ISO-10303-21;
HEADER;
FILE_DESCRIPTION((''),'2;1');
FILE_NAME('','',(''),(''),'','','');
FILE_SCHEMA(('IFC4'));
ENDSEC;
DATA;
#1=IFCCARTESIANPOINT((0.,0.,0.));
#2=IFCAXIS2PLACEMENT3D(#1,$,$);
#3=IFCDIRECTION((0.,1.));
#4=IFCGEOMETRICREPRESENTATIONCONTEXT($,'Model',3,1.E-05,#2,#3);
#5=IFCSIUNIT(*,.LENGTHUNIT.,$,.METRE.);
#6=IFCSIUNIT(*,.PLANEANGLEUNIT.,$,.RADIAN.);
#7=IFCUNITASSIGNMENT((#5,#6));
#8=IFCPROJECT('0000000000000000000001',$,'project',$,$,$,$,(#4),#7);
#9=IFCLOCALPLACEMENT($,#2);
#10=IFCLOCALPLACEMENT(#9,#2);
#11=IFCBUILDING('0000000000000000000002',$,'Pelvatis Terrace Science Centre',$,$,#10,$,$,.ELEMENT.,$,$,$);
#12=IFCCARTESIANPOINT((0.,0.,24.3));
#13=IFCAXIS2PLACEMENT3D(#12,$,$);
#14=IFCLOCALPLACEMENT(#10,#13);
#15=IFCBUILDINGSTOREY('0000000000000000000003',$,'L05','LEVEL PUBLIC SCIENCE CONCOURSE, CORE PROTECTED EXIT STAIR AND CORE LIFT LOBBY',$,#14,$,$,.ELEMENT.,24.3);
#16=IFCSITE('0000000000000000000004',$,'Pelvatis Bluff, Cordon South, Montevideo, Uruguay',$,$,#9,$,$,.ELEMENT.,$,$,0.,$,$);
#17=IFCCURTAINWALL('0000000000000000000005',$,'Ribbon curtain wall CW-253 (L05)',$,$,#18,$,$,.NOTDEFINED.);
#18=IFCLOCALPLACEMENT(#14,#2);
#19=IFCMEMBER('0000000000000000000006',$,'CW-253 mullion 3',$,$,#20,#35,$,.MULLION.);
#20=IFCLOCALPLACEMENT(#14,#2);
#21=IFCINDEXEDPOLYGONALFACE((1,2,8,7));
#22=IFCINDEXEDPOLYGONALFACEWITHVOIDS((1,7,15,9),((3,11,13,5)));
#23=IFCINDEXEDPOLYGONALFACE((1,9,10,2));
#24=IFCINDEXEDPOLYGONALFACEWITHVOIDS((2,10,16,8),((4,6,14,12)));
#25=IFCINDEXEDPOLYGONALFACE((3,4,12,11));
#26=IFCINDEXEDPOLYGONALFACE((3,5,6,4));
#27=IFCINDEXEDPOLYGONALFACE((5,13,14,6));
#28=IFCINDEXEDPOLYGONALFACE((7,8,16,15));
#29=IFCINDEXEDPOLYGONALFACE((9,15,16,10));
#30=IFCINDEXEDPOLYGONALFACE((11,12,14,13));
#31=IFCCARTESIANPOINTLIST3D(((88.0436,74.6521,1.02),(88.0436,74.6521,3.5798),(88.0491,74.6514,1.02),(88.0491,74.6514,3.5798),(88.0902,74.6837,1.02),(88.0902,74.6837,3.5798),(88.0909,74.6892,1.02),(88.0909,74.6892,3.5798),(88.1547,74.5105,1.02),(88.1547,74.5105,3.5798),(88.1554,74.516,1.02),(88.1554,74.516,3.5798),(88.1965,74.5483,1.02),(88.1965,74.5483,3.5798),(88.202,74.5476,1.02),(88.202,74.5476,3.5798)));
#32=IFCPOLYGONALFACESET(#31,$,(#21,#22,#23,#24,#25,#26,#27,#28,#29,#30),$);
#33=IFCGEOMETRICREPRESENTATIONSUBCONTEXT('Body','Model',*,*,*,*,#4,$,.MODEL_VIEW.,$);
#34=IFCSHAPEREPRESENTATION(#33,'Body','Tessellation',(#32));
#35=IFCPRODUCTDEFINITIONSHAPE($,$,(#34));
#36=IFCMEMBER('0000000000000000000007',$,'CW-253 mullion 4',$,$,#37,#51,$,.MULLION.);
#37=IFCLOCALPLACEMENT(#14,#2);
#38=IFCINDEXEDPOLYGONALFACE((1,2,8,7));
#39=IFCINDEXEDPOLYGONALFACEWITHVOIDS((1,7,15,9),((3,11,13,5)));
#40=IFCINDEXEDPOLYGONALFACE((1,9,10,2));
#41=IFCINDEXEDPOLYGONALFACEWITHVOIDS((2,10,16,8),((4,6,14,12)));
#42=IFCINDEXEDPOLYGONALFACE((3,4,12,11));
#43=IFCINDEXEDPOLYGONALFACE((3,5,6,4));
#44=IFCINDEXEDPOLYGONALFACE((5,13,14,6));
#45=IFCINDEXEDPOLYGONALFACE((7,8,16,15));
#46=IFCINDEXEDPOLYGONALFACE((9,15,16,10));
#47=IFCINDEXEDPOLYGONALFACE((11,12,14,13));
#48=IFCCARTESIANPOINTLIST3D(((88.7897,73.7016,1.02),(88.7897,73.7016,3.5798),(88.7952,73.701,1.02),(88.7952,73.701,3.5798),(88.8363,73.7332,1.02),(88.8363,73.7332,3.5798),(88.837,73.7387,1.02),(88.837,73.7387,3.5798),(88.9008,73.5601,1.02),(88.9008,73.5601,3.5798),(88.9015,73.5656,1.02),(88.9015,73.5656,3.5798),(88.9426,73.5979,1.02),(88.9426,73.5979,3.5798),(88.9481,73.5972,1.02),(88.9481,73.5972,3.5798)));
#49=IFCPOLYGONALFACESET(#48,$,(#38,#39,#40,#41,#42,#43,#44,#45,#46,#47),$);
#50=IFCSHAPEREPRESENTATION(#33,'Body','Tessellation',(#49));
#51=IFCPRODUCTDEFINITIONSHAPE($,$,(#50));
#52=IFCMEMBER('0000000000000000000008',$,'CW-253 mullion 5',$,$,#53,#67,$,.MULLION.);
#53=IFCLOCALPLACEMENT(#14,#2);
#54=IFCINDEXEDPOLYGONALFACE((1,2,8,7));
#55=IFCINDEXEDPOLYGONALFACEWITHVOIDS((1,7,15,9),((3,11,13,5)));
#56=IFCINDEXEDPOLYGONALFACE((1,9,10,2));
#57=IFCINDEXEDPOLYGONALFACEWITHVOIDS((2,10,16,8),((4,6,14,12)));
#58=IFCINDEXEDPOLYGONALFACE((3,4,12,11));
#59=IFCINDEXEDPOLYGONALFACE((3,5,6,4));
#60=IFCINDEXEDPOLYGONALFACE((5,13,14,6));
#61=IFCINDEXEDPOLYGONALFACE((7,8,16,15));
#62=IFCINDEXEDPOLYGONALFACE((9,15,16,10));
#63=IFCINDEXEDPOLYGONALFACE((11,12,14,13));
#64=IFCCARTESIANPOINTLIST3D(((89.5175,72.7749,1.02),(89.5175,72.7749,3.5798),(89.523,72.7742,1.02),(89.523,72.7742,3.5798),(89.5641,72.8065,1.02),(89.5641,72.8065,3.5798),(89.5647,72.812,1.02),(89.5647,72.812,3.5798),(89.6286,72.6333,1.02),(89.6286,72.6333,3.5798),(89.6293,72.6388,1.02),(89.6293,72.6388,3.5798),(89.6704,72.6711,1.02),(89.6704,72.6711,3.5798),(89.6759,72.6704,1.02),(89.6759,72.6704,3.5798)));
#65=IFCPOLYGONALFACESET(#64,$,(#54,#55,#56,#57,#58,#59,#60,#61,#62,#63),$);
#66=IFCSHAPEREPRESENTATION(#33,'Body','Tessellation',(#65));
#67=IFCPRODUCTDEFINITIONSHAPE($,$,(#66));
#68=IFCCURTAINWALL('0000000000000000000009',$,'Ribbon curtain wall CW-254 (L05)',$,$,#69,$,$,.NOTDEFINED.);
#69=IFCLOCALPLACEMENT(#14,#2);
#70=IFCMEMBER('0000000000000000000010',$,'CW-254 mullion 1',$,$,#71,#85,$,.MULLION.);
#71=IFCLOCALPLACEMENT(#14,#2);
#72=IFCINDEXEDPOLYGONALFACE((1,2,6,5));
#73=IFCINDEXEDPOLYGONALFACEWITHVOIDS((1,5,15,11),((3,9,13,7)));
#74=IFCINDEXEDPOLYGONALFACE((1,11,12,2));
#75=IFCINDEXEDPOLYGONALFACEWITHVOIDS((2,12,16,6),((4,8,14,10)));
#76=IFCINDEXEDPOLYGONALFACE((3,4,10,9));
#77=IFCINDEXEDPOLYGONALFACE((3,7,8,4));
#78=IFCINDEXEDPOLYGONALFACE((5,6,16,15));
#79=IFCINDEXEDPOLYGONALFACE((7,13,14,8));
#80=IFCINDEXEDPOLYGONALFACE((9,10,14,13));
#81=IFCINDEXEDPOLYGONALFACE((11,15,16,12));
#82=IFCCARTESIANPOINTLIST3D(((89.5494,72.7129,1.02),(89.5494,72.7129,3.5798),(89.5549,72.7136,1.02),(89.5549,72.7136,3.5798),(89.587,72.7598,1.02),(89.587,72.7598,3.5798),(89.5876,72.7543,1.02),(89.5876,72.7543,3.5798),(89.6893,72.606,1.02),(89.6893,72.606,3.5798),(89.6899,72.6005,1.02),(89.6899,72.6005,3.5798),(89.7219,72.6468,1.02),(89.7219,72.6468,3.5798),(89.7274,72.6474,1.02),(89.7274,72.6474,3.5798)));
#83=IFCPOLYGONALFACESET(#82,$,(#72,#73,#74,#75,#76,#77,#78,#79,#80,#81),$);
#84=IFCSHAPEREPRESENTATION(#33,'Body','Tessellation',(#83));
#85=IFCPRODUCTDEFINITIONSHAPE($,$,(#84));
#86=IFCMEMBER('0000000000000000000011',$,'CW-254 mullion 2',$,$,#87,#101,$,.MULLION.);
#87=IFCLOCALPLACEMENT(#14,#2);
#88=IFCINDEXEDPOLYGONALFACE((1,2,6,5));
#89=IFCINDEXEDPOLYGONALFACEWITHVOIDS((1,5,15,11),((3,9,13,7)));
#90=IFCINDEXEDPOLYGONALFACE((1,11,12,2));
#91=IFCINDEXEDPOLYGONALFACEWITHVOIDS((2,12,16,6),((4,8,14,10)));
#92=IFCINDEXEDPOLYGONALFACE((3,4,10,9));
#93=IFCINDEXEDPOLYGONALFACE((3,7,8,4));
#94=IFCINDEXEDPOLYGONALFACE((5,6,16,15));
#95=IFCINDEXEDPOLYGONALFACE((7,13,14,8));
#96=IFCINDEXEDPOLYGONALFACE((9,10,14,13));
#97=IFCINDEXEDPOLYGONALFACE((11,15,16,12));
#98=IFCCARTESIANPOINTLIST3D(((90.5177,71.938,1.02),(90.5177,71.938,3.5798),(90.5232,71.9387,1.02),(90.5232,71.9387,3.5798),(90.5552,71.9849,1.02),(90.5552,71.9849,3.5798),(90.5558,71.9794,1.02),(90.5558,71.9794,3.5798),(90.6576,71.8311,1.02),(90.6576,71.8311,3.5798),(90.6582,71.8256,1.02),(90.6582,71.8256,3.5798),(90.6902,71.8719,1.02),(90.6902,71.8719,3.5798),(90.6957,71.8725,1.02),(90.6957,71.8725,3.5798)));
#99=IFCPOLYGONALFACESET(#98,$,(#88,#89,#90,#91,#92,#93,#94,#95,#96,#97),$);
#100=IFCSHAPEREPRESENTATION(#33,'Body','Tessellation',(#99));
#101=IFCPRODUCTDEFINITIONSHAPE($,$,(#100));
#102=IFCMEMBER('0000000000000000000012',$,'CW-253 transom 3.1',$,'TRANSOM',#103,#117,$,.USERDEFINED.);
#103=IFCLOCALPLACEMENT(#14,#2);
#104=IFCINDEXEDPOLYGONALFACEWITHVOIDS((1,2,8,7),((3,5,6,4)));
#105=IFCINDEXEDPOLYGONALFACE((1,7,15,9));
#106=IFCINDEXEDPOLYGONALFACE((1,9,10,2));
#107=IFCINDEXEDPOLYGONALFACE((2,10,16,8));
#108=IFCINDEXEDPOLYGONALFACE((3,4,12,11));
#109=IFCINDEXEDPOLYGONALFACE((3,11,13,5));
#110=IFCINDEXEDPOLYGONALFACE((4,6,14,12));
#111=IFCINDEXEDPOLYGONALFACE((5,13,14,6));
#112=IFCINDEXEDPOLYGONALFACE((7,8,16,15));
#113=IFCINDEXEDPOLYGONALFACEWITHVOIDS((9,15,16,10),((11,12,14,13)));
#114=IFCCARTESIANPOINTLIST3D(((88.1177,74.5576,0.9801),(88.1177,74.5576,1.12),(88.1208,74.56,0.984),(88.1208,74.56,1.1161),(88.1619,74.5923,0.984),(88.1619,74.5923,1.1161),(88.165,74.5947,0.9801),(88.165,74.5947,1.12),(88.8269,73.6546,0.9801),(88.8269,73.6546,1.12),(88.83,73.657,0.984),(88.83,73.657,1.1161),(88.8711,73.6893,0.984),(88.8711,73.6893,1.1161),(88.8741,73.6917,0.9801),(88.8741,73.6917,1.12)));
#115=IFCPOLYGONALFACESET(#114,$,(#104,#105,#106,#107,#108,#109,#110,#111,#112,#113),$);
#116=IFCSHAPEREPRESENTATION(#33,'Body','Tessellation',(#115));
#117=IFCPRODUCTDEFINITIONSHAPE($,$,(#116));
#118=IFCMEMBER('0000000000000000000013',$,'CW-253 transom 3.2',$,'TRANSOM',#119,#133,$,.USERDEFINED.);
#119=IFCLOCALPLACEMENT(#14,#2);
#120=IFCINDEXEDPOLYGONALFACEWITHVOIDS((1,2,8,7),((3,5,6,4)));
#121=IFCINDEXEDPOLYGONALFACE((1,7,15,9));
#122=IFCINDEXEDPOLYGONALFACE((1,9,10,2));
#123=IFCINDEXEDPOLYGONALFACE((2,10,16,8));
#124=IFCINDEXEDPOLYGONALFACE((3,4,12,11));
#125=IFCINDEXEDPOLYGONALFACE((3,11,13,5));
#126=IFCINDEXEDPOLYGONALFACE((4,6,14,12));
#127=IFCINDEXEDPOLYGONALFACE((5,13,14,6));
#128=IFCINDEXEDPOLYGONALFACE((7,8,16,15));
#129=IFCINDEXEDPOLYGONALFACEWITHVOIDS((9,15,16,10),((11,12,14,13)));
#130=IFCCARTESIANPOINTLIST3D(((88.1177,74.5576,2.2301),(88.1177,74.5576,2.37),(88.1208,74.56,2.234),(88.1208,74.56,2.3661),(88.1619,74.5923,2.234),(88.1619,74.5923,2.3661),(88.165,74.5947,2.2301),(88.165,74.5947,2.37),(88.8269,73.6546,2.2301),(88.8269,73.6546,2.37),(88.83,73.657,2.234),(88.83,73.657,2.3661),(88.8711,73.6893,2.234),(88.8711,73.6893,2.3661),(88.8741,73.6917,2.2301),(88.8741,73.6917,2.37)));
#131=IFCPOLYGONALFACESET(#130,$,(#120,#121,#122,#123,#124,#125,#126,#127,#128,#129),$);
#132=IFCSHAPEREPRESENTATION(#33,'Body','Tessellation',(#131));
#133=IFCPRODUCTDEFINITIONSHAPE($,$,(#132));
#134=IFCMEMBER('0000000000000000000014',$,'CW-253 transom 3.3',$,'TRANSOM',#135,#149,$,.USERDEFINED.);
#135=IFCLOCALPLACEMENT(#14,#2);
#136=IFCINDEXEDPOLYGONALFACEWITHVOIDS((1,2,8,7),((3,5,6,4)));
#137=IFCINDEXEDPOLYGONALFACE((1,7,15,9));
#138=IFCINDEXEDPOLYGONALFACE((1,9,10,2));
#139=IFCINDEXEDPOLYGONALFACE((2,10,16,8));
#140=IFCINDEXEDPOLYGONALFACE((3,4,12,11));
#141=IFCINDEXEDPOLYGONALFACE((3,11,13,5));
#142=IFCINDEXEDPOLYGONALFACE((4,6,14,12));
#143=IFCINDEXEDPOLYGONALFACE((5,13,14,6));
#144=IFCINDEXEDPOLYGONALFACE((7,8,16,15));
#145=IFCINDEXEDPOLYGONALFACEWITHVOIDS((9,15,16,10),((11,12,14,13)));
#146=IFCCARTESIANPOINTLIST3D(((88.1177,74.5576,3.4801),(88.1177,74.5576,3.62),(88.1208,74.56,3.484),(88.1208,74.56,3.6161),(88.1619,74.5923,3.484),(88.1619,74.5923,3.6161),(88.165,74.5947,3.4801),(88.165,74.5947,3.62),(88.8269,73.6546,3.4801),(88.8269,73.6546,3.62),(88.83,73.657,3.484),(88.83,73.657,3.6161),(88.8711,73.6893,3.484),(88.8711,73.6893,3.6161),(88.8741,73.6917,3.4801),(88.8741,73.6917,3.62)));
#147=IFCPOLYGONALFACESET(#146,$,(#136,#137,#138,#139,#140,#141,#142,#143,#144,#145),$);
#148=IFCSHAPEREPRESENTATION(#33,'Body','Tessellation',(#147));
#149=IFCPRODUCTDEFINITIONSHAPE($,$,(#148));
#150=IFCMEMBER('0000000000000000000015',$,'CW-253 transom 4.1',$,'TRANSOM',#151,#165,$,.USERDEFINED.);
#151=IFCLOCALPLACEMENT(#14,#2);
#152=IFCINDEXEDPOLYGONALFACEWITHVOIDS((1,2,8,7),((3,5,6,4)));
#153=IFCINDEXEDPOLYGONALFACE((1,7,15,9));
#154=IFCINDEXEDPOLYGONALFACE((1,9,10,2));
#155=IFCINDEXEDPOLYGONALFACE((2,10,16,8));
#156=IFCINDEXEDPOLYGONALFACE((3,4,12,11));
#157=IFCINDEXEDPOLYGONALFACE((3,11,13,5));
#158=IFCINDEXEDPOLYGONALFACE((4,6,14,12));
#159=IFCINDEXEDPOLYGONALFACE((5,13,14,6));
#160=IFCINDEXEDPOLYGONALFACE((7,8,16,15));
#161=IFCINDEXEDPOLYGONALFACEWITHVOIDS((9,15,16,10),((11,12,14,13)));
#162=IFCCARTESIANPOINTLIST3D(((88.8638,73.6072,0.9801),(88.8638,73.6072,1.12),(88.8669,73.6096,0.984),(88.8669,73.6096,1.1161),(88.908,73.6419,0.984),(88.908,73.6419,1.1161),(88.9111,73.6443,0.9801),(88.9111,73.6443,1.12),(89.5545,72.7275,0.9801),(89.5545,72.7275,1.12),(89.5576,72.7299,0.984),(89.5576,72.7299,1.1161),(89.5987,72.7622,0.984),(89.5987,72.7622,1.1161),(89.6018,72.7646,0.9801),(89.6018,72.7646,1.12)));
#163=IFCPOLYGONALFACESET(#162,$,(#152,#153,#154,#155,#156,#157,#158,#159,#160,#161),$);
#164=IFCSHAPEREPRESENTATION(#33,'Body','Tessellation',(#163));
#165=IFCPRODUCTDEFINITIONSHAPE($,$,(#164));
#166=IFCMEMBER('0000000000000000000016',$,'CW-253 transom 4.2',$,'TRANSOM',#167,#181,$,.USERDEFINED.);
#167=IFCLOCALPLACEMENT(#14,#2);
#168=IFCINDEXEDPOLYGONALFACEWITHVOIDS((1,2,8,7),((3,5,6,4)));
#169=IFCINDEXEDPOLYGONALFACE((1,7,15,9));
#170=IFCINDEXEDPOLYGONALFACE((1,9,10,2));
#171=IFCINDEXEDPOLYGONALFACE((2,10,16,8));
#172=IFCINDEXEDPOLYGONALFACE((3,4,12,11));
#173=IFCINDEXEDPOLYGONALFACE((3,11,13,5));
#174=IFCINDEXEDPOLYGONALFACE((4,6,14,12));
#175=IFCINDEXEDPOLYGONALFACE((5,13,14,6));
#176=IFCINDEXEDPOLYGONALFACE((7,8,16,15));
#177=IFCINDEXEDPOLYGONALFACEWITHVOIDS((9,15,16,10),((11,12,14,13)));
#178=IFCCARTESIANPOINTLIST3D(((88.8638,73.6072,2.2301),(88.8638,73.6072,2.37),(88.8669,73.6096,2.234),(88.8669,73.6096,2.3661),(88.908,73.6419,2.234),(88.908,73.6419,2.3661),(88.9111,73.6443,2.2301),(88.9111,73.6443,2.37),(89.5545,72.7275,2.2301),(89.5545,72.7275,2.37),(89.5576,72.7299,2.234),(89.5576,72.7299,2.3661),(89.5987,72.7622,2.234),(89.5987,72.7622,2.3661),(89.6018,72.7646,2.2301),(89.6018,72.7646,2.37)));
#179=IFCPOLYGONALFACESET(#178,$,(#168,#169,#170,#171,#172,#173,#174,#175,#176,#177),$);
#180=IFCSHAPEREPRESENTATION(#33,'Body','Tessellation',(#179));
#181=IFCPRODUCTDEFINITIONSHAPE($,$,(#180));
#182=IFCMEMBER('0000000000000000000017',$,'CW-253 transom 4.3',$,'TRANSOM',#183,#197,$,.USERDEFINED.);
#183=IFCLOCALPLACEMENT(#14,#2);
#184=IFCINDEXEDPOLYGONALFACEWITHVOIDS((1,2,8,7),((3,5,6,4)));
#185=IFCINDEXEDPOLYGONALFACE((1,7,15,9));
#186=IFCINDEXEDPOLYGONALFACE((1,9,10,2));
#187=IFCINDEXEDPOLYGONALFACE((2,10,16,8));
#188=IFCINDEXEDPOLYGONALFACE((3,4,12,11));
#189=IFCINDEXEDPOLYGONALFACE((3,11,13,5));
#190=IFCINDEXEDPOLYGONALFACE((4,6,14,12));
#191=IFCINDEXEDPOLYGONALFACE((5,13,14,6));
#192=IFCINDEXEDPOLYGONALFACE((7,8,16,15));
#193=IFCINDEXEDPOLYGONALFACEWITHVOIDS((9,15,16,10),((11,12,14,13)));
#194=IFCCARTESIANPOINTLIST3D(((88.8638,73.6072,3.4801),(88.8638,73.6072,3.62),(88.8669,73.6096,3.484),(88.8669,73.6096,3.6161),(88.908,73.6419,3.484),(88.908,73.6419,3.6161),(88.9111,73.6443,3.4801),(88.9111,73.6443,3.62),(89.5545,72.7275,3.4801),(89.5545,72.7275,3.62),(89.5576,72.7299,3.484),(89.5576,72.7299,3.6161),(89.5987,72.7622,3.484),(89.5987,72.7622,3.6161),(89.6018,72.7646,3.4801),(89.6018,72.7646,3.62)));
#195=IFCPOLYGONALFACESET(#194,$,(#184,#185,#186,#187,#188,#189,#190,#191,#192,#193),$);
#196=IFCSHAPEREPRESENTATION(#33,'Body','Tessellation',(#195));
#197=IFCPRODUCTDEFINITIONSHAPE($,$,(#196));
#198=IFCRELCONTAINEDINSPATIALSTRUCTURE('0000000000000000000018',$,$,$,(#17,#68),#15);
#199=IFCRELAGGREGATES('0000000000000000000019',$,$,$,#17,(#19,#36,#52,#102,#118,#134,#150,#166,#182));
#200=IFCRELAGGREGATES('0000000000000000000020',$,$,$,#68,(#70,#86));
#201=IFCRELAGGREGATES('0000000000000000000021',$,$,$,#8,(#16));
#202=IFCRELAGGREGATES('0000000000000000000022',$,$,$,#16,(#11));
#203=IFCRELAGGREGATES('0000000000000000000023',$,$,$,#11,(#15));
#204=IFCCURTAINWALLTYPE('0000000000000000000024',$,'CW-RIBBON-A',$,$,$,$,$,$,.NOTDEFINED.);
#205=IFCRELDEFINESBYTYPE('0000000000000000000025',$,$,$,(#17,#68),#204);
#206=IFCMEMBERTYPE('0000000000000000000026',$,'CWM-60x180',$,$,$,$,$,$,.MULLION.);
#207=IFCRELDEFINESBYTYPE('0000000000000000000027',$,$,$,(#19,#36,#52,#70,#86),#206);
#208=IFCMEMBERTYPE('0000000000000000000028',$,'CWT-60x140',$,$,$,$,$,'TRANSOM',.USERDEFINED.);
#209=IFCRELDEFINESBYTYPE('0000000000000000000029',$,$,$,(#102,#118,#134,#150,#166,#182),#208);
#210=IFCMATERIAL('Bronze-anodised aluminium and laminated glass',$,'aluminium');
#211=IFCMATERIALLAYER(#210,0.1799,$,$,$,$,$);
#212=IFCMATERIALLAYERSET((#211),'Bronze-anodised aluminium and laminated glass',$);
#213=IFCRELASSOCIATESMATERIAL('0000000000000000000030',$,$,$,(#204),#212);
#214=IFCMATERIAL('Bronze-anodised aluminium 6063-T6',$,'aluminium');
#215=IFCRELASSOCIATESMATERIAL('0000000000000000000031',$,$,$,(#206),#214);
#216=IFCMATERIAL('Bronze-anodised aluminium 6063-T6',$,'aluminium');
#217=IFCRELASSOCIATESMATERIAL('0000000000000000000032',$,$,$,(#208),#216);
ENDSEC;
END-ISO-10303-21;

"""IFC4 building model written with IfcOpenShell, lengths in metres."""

from ifc_helpers import new_model, si_unit, direction, frame, origin, origin_2d, place, context, subcontext, project, spatial, hollow_rectangle, extrude, material, layer, layer_set, material_profile, profile_set, type_object, element, aggregate, save


model = new_model("IFC4")

# Units and contexts
model_context = context("Model", 3, precision=1e-05, world=origin(), true_north=direction((0.0, 1.0)))
body_context = subcontext(model_context, "Body", "Model", "MODEL_VIEW")
ifc_project = project(units=[si_unit("LENGTHUNIT", "METRE"), si_unit("PLANEANGLEUNIT", "RADIAN")], contexts=[model_context])

# Site, building, storey
site_placement = place(None, origin())
site = spatial("IfcSite", under=ifc_project, at=site_placement, Name="Pelvatis Bluff, Cordon South, Montevideo, Uruguay", CompositionType="ELEMENT", RefElevation=0.0)
building_placement = place(site_placement, origin())
building = spatial("IfcBuilding", under=site, at=building_placement, Name="Pelvatis Terrace Science Centre", CompositionType="ELEMENT")
storey_placement = place(building_placement, frame((0.0, 0.0, 24.3)))
storey = spatial("IfcBuildingStorey", under=building, at=storey_placement, Name="L05", Description="LEVEL PUBLIC SCIENCE CONCOURSE, CORE PROTECTED EXIT STAIR AND CORE LIFT LOBBY", CompositionType="ELEMENT", Elevation=24.3)

# Curtain walls, members
ifc_material_1 = material(Name="Bronze-anodised aluminium and laminated glass", Category="aluminium")
ifc_layer_1 = layer(ifc_material_1, 0.1799)
ifc_layer_set_1 = layer_set([ifc_layer_1], Name="Bronze-anodised aluminium and laminated glass")
curtain_wall_type = type_object("IfcCurtainWallType", Name="CW-RIBBON-A", PredefinedType="NOTDEFINED", material=ifc_layer_set_1)
curtain_wall_1_placement = place(storey_placement, origin())
curtain_wall_1 = element("IfcCurtainWall", 1, at=curtain_wall_1_placement, inside=storey, type_object=curtain_wall_type, Name="Ribbon curtain wall CW-253 (L05)", PredefinedType="NOTDEFINED")
ifc_material_2 = material(Name="Bronze-anodised aluminium 6063-T6", Category="aluminium")
ifc_material_profile_1 = material_profile(ifc_material_2, hollow_rectangle(XDim=0.0601, YDim=0.1799, WallThickness=0.0039, at=origin_2d()), Name="ALU-MUL 60x180")
ifc_profile_set_1 = profile_set([ifc_material_profile_1], Name="Bronze-anodised aluminium 6063-T6")
member_type_1 = type_object("IfcMemberType", Name="CWM-60x180", PredefinedType="MULLION", material=ifc_profile_set_1)
member_1_placement = place(storey_placement, frame((88.1228, 74.5999, 1.02), z_axis=(0.0, 0.0, 1.0), x_axis=(0.786577, 0.617493, 0.0)))
member_1 = element("IfcMember", 2, at=member_1_placement, type_object=member_type_1, Name="CW-253 mullion 3", PredefinedType="MULLION", context=body_context, shape_type="SweptSolid", body=[
    extrude(hollow_rectangle(XDim=0.0601, YDim=0.1799, WallThickness=0.0039, at=origin_2d()), origin(), (0.0, 0.0, 1.0), 2.5598),
])
member_2_placement = place(storey_placement, frame((88.8689, 73.6494, 1.02), z_axis=(0.0, 0.0, 1.0), x_axis=(0.786577, 0.617493, 0.0)))
member_2 = element("IfcMember", 3, at=member_2_placement, type_object=member_type_1, Name="CW-253 mullion 4", PredefinedType="MULLION", context=body_context, shape_type="SweptSolid", body=[
    extrude(hollow_rectangle(XDim=0.0601, YDim=0.1799, WallThickness=0.0039, at=origin_2d()), origin(), (0.0, 0.0, 1.0), 2.5598),
])
member_3_placement = place(storey_placement, frame((89.5967, 72.7227, 1.02), z_axis=(0.0, 0.0, 1.0), x_axis=(0.786577, 0.617493, 0.0)))
member_3 = element("IfcMember", 4, at=member_3_placement, type_object=member_type_1, Name="CW-253 mullion 5", PredefinedType="MULLION", context=body_context, shape_type="SweptSolid", body=[
    extrude(hollow_rectangle(XDim=0.0601, YDim=0.1799, WallThickness=0.0039, at=origin_2d()), origin(), (0.0, 0.0, 1.0), 2.5598),
])
curtain_wall_2_placement = place(storey_placement, origin())
curtain_wall_2 = element("IfcCurtainWall", 5, at=curtain_wall_2_placement, inside=storey, type_object=curtain_wall_type, Name="Ribbon curtain wall CW-254 (L05)", PredefinedType="NOTDEFINED")
member_4_placement = place(storey_placement, frame((89.6384, 72.6802, 1.02), z_axis=(0.0, 0.0, 1.0), x_axis=(0.624875, 0.780725, 0.0)))
member_4 = element("IfcMember", 6, at=member_4_placement, type_object=member_type_1, Name="CW-254 mullion 1", PredefinedType="MULLION", context=body_context, shape_type="SweptSolid", body=[
    extrude(hollow_rectangle(XDim=0.0601, YDim=0.1799, WallThickness=0.0039, at=origin_2d()), origin(), (0.0, 0.0, 1.0), 2.5598),
])
member_5_placement = place(storey_placement, frame((90.6067, 71.9053, 1.02), z_axis=(0.0, 0.0, 1.0), x_axis=(0.624875, 0.780725, 0.0)))
member_5 = element("IfcMember", 7, at=member_5_placement, type_object=member_type_1, Name="CW-254 mullion 2", PredefinedType="MULLION", context=body_context, shape_type="SweptSolid", body=[
    extrude(hollow_rectangle(XDim=0.0601, YDim=0.1799, WallThickness=0.0039, at=origin_2d()), origin(), (0.0, 0.0, 1.0), 2.5598),
])

# Members
ifc_material_3 = material(Name="Bronze-anodised aluminium 6063-T6", Category="aluminium")
ifc_material_profile_2 = material_profile(ifc_material_3, hollow_rectangle(XDim=0.0601, YDim=0.1399, WallThickness=0.0039, at=origin_2d()), Name="ALU-TRN 60x140")
ifc_profile_set_2 = profile_set([ifc_material_profile_2], Name="Bronze-anodised aluminium 6063-T6")
member_type_2 = type_object("IfcMemberType", Name="CWT-60x140", ElementType="TRANSOM", PredefinedType="USERDEFINED", material=ifc_profile_set_2)
member_6_placement = place(storey_placement, frame((88.1414, 74.5762, 1.05), z_axis=(0.617643, -0.786458, 0.0), x_axis=(0.786458, 0.617643, 0.0)))
member_6 = element("IfcMember", 8, at=member_6_placement, type_object=member_type_2, Name="CW-253 transom 3.1", ObjectType="TRANSOM", PredefinedType="USERDEFINED", context=body_context, shape_type="SweptSolid", body=[
    extrude(hollow_rectangle(XDim=0.0601, YDim=0.1399, WallThickness=0.0039, at=origin_2d()), origin(), (0.0, 0.0, 1.0), 1.1482),
])
member_7_placement = place(storey_placement, frame((88.1414, 74.5762, 2.3), z_axis=(0.617643, -0.786458, 0.0), x_axis=(0.786458, 0.617643, 0.0)))
member_7 = element("IfcMember", 9, at=member_7_placement, type_object=member_type_2, Name="CW-253 transom 3.2", ObjectType="TRANSOM", PredefinedType="USERDEFINED", context=body_context, shape_type="SweptSolid", body=[
    extrude(hollow_rectangle(XDim=0.0601, YDim=0.1399, WallThickness=0.0039, at=origin_2d()), origin(), (0.0, 0.0, 1.0), 1.1482),
])
member_8_placement = place(storey_placement, frame((88.1414, 74.5762, 3.55), z_axis=(0.617643, -0.786458, 0.0), x_axis=(0.786458, 0.617643, 0.0)))
member_8 = element("IfcMember", 10, at=member_8_placement, type_object=member_type_2, Name="CW-253 transom 3.3", ObjectType="TRANSOM", PredefinedType="USERDEFINED", context=body_context, shape_type="SweptSolid", body=[
    extrude(hollow_rectangle(XDim=0.0601, YDim=0.1399, WallThickness=0.0039, at=origin_2d()), origin(), (0.0, 0.0, 1.0), 1.1482),
])
member_9_placement = place(storey_placement, frame((88.8875, 73.6257, 1.05), z_axis=(0.617561, -0.786523, 0.0), x_axis=(0.786523, 0.617561, 0.0)))
member_9 = element("IfcMember", 11, at=member_9_placement, type_object=member_type_2, Name="CW-253 transom 4.1", ObjectType="TRANSOM", PredefinedType="USERDEFINED", context=body_context, shape_type="SweptSolid", body=[
    extrude(hollow_rectangle(XDim=0.0601, YDim=0.1399, WallThickness=0.0039, at=origin_2d()), origin(), (0.0, 0.0, 1.0), 1.1184),
])
member_10_placement = place(storey_placement, frame((88.8875, 73.6257, 2.3), z_axis=(0.617561, -0.786523, 0.0), x_axis=(0.786523, 0.617561, 0.0)))
member_10 = element("IfcMember", 12, at=member_10_placement, type_object=member_type_2, Name="CW-253 transom 4.2", ObjectType="TRANSOM", PredefinedType="USERDEFINED", context=body_context, shape_type="SweptSolid", body=[
    extrude(hollow_rectangle(XDim=0.0601, YDim=0.1399, WallThickness=0.0039, at=origin_2d()), origin(), (0.0, 0.0, 1.0), 1.1184),
])
member_11_placement = place(storey_placement, frame((88.8875, 73.6257, 3.55), z_axis=(0.617561, -0.786523, 0.0), x_axis=(0.786523, 0.617561, 0.0)))
member_11 = element("IfcMember", 13, at=member_11_placement, type_object=member_type_2, Name="CW-253 transom 4.3", ObjectType="TRANSOM", PredefinedType="USERDEFINED", context=body_context, shape_type="SweptSolid", body=[
    extrude(hollow_rectangle(XDim=0.0601, YDim=0.1399, WallThickness=0.0039, at=origin_2d()), origin(), (0.0, 0.0, 1.0), 1.1184),
])

aggregate(curtain_wall_1, [member_1, member_2, member_3, member_6, member_7, member_8, member_9, member_10, member_11])
aggregate(curtain_wall_2, [member_4, member_5])

save(model, "model.ifc")
